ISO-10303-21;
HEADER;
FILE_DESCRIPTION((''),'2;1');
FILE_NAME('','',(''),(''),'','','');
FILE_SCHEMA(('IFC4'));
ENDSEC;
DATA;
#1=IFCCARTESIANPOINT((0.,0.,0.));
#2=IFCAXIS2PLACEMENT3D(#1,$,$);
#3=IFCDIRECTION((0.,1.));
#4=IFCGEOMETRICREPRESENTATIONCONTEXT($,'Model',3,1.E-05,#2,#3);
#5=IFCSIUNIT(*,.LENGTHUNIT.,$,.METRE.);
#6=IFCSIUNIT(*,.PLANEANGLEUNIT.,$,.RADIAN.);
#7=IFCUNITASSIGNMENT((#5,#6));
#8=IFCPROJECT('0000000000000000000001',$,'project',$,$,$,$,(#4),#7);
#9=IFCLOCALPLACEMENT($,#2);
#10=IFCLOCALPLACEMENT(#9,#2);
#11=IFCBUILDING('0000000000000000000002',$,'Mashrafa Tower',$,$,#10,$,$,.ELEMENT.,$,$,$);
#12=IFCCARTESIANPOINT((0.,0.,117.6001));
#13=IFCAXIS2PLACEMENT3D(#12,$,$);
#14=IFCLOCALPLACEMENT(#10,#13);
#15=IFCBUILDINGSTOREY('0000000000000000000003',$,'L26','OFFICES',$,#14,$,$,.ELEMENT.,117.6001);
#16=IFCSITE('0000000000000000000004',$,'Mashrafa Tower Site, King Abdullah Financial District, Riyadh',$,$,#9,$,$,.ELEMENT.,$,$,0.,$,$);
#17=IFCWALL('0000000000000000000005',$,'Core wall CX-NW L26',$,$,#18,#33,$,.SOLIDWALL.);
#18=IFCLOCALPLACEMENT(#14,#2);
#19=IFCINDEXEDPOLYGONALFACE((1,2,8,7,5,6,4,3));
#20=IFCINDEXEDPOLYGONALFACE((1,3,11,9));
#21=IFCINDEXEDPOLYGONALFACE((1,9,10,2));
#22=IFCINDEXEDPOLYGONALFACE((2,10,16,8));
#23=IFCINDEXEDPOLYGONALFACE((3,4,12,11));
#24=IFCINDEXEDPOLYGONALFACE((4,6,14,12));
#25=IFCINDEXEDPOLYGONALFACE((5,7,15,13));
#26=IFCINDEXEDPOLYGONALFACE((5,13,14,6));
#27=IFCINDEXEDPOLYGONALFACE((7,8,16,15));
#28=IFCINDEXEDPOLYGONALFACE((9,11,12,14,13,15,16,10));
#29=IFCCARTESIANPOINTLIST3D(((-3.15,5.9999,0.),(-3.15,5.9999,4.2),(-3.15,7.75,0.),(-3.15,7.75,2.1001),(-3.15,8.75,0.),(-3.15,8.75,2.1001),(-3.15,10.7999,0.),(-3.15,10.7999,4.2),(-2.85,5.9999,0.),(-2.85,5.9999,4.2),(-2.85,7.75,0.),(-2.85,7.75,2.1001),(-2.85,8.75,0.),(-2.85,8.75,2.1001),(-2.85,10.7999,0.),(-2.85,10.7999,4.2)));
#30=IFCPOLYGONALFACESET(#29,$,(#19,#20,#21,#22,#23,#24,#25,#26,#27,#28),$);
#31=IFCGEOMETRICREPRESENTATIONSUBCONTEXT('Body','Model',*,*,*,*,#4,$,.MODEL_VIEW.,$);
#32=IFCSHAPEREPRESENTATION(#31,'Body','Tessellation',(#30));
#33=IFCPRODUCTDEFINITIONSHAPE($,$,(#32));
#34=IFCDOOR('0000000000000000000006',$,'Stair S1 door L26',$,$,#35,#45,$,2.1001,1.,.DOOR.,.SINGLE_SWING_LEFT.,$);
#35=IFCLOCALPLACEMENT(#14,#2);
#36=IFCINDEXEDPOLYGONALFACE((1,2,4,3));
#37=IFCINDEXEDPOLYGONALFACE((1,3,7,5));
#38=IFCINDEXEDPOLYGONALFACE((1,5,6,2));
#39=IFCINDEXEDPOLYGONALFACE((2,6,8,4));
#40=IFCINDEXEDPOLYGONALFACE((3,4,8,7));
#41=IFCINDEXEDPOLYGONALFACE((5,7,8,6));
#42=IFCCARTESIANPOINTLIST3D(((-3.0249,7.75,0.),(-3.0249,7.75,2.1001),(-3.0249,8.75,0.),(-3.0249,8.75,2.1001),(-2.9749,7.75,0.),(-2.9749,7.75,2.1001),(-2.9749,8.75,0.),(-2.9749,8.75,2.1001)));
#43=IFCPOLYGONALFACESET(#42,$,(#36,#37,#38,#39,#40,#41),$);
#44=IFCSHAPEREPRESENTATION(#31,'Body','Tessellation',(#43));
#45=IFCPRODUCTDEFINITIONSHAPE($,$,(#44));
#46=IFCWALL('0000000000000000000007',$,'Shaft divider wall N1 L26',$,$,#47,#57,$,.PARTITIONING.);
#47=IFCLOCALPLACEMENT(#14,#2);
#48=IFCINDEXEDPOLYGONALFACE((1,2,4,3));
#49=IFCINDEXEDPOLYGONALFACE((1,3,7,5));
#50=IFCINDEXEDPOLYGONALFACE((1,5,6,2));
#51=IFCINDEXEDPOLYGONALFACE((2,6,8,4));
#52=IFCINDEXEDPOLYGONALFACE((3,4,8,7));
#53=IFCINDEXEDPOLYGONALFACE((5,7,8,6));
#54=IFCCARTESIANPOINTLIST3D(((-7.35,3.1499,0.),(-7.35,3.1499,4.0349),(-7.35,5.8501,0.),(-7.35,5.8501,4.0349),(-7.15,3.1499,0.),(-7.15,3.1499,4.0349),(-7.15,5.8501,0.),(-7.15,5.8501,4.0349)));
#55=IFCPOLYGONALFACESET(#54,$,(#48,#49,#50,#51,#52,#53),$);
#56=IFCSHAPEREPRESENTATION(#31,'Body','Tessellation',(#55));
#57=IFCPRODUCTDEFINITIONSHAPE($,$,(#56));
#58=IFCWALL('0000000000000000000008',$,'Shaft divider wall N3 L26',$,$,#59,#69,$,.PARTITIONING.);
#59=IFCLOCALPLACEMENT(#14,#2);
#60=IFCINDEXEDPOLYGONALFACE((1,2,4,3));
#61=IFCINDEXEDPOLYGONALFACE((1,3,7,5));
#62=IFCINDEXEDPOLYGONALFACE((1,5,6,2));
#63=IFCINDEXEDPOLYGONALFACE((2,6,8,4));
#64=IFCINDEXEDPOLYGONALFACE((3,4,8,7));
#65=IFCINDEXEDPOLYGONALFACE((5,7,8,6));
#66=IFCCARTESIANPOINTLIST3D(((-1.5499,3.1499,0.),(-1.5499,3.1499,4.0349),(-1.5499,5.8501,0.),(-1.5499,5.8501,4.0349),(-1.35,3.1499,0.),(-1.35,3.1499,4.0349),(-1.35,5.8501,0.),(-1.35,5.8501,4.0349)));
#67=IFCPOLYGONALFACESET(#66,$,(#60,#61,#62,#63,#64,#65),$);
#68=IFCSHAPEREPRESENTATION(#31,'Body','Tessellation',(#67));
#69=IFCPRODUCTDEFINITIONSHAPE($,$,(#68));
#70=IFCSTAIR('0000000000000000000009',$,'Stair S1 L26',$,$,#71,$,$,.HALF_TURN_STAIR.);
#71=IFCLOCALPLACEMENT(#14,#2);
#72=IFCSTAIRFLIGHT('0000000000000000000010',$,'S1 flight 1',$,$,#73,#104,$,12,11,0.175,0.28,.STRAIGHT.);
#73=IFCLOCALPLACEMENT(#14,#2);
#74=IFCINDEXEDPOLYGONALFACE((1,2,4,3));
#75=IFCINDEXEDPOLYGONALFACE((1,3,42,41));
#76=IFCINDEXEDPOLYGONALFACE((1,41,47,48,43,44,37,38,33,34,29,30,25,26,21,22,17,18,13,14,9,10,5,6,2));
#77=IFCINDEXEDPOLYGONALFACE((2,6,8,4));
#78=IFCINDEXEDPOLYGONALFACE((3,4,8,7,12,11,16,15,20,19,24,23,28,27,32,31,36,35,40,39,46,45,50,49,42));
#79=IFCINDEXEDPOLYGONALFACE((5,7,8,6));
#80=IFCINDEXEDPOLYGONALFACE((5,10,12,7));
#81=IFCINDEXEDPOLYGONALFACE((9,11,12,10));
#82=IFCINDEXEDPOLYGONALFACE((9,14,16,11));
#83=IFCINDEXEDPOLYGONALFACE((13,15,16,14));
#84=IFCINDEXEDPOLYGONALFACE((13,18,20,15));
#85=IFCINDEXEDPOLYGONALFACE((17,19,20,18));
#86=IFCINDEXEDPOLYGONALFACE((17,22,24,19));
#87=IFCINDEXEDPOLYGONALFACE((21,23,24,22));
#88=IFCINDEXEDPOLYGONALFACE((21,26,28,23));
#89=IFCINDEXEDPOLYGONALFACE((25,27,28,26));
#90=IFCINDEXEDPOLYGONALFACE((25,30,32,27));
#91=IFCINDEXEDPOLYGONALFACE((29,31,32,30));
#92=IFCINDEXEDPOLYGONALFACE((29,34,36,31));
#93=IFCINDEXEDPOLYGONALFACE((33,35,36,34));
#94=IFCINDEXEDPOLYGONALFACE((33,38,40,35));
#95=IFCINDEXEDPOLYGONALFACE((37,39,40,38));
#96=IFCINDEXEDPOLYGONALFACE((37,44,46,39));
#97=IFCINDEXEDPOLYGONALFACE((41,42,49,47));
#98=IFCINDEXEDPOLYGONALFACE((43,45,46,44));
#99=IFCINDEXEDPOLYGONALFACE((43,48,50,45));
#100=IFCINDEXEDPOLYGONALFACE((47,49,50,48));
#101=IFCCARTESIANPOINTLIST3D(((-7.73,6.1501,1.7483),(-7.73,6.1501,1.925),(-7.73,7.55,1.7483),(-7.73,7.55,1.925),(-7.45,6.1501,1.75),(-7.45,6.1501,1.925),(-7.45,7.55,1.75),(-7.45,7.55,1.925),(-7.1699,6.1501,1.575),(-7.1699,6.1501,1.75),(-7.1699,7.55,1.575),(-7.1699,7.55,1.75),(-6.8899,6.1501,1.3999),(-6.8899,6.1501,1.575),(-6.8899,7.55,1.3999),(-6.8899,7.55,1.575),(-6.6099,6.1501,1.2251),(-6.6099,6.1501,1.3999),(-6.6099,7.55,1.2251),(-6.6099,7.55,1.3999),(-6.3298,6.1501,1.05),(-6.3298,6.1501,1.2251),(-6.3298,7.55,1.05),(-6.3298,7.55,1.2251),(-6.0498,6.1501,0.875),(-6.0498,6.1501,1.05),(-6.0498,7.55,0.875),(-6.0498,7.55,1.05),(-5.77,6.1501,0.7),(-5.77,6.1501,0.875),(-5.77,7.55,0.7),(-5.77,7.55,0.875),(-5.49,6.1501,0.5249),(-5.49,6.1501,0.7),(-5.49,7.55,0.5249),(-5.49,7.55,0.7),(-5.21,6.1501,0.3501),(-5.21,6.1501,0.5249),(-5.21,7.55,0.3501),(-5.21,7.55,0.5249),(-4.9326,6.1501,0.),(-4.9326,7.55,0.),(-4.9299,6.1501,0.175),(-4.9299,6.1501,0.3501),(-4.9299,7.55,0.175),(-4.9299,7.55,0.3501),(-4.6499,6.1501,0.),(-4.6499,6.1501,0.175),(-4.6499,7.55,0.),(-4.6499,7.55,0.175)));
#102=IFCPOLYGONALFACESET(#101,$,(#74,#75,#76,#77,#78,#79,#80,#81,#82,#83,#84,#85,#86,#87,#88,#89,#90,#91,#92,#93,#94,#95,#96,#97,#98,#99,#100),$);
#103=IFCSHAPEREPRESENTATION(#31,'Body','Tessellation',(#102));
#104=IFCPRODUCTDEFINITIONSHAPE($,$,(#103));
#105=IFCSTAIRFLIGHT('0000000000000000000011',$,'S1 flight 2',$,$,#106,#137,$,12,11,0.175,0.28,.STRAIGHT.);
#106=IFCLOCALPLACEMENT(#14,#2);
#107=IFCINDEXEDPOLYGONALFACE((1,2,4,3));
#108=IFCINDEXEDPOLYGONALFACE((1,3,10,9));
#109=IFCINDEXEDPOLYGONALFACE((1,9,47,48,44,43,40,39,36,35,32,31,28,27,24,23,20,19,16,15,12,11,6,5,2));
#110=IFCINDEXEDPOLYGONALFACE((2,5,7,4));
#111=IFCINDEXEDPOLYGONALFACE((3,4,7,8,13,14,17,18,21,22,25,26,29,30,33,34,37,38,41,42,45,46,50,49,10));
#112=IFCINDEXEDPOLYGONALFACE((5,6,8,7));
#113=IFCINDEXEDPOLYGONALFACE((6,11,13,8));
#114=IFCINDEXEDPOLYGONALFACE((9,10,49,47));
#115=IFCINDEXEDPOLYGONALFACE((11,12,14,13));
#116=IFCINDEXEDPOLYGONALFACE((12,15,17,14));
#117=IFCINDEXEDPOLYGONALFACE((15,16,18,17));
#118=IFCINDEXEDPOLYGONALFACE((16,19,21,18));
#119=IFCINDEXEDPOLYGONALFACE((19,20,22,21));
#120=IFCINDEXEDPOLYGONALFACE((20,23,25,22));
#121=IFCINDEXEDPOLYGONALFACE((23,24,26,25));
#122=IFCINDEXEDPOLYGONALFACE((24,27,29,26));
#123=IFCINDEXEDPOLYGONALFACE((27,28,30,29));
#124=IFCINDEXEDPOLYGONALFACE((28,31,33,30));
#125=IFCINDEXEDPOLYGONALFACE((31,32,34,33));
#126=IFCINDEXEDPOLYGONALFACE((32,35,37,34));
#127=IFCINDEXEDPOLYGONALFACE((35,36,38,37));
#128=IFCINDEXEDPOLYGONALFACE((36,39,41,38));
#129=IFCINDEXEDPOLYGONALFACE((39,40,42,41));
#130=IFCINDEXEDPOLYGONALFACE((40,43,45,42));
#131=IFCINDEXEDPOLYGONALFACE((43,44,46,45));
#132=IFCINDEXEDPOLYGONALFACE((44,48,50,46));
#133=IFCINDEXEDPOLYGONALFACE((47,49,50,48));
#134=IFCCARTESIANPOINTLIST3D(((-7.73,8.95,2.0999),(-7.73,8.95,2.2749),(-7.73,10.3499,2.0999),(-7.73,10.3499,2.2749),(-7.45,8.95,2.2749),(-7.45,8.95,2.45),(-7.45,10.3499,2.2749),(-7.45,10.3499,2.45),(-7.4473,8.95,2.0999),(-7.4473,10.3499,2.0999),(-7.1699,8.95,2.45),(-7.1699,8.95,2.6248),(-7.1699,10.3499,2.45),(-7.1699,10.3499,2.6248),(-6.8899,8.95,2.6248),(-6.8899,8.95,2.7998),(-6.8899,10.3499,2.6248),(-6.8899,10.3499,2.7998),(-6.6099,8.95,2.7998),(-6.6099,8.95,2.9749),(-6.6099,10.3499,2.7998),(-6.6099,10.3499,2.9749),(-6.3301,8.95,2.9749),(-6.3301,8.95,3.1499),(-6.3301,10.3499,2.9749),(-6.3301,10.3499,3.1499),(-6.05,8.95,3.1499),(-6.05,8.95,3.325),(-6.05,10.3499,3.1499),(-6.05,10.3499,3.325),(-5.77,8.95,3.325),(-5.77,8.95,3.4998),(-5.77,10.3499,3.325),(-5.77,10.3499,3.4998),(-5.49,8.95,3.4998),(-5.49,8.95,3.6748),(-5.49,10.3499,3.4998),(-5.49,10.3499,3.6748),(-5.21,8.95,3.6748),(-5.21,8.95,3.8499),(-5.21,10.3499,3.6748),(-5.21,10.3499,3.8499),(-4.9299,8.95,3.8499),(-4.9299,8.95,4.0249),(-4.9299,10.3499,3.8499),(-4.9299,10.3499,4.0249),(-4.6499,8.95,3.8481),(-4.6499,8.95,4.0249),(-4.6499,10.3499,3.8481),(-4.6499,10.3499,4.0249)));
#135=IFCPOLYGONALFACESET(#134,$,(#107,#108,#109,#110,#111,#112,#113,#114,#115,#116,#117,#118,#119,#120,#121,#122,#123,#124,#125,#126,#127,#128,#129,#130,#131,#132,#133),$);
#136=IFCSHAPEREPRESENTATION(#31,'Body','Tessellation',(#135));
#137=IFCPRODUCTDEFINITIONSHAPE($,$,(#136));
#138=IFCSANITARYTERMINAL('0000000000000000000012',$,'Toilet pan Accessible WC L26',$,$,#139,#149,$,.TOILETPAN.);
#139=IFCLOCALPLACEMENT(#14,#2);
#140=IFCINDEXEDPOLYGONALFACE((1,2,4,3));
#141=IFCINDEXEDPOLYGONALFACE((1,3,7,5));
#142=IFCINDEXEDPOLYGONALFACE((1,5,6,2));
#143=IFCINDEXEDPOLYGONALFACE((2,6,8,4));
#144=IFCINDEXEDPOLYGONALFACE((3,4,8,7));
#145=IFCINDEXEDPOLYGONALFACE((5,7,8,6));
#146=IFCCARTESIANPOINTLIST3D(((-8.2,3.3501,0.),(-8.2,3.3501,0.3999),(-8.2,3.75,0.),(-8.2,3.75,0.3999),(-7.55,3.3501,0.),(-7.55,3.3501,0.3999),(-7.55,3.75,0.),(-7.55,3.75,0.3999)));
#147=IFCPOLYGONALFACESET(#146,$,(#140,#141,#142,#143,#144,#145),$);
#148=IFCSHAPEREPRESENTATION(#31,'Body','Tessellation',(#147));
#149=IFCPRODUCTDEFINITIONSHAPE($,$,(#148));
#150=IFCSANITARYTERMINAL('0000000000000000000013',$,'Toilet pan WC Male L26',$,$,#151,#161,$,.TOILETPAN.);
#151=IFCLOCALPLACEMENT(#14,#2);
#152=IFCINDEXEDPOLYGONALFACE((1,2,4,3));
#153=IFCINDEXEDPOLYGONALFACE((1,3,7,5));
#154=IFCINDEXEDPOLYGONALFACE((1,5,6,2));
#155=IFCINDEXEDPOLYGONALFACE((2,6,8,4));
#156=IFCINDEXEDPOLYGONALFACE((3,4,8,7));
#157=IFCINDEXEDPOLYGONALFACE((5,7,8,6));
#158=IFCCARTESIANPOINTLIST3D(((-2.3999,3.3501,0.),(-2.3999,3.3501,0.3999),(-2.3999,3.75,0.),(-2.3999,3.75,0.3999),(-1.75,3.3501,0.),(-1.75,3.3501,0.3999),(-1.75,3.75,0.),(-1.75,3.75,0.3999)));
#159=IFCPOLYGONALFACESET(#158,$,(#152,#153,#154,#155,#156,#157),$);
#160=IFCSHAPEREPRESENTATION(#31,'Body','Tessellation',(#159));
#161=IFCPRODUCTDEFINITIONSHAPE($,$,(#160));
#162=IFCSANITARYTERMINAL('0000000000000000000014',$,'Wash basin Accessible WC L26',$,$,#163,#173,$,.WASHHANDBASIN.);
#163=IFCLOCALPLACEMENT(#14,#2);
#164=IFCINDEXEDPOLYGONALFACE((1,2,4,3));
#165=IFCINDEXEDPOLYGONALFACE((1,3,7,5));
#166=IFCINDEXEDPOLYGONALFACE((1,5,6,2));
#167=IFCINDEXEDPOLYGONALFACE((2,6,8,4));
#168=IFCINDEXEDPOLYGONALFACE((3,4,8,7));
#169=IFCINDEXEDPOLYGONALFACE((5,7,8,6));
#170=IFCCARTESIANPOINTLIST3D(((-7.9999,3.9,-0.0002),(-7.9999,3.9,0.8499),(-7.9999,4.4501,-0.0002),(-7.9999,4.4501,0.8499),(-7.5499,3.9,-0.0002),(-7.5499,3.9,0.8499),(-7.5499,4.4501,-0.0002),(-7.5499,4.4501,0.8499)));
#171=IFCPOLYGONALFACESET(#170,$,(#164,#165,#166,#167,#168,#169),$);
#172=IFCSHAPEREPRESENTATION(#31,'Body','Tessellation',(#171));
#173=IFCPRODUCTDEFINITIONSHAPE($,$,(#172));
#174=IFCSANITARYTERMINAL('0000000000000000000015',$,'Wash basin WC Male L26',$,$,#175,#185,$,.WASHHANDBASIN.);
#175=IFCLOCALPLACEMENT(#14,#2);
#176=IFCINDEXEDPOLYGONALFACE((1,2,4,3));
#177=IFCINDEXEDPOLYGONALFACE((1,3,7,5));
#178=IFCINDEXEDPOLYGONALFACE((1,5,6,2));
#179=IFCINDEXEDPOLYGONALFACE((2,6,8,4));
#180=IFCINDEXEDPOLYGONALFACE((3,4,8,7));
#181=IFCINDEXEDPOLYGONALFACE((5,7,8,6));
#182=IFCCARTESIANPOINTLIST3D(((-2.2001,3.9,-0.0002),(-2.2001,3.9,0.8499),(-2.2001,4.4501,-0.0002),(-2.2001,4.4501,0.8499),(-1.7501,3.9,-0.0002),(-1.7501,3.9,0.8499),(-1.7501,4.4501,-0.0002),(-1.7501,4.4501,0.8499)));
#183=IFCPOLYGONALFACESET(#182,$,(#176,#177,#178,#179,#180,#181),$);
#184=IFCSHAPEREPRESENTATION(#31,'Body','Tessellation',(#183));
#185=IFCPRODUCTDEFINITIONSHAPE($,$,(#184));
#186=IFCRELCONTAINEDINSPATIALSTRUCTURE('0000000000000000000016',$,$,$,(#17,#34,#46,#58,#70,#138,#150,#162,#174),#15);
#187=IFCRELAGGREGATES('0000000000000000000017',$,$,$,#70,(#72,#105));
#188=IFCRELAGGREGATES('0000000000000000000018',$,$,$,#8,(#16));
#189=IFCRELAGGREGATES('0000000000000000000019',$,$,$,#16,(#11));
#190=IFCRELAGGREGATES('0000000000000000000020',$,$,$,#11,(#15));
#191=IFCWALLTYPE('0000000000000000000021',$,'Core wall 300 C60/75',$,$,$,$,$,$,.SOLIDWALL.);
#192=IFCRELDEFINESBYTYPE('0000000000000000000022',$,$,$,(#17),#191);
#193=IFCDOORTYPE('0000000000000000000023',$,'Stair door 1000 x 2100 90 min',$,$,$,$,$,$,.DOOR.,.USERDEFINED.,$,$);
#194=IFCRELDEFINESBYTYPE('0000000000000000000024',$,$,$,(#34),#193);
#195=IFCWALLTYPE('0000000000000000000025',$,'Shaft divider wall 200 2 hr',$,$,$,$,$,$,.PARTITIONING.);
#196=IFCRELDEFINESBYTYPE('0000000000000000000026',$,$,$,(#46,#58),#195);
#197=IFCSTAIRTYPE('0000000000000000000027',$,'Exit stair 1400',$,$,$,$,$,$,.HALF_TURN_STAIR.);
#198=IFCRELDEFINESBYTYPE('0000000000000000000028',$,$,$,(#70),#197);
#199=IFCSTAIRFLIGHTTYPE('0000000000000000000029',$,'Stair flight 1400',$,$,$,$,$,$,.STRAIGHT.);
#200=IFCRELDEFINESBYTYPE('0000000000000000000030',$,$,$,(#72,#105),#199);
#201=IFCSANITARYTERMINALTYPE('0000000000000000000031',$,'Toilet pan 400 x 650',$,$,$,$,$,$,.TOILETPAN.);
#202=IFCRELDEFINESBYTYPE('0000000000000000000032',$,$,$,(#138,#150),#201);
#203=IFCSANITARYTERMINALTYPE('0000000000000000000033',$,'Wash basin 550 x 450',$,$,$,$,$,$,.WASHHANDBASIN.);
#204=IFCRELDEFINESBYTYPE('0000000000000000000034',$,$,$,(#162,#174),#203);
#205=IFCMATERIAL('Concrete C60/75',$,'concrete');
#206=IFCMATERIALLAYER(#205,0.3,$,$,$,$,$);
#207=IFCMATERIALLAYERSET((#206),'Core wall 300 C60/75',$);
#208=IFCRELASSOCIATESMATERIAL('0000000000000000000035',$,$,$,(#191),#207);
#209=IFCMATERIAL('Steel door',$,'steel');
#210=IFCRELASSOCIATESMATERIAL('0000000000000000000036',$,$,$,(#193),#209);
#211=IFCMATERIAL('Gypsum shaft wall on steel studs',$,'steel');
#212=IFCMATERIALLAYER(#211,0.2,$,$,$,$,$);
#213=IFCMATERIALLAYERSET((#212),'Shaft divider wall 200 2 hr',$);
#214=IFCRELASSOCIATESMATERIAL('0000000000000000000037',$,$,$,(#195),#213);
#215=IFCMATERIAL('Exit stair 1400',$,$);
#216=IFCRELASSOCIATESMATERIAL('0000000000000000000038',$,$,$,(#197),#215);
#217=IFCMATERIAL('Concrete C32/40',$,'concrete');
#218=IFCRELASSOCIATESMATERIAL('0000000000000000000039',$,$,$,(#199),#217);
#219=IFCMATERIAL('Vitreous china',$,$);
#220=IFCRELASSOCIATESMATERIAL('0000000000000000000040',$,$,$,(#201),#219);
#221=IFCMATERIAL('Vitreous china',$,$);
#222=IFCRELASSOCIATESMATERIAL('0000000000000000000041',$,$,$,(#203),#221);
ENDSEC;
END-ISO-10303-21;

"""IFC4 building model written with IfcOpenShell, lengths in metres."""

from ifc_helpers import new_model, si_unit, direction, frame, frame_2d, origin, origin_2d, place, context, subcontext, project, spatial, polyline, rectangle, outline, extrude, material, layer, layer_set, type_object, element, fill, aggregate, save


model = new_model("IFC4")

# Units and contexts
model_context = context("Model", 3, precision=1e-05, world=origin(), true_north=direction((0.0, 1.0)))
body_context = subcontext(model_context, "Body", "Model", "MODEL_VIEW")
ifc_project = project(units=[si_unit("LENGTHUNIT", "METRE"), si_unit("PLANEANGLEUNIT", "RADIAN")], contexts=[model_context])

# Site, building, storey
site_placement = place(None, origin())
site = spatial("IfcSite", under=ifc_project, at=site_placement, Name="Mashrafa Tower Site, King Abdullah Financial District, Riyadh", CompositionType="ELEMENT", RefElevation=0.0)
building_placement = place(site_placement, origin())
building = spatial("IfcBuilding", under=site, at=building_placement, Name="Mashrafa Tower", CompositionType="ELEMENT")
storey_placement = place(building_placement, frame((0.0, 0.0, 117.6001)))
storey = spatial("IfcBuildingStorey", under=building, at=storey_placement, Name="L26", Description="OFFICES", CompositionType="ELEMENT", Elevation=117.6001)

# Shared definitions
ifc_material_1 = material(Name="Concrete C60/75", Category="concrete")
ifc_layer_1 = layer(ifc_material_1, 0.3)
ifc_layer_set_1 = layer_set([ifc_layer_1], Name="Core wall 300 C60/75")
wall_type_1 = type_object("IfcWallType", Name="Core wall 300 C60/75", PredefinedType="SOLIDWALL", material=ifc_layer_set_1)

# Wall, opening, door
wall_1_placement = place(storey_placement, frame((-3.0, 6.0, 0.0), z_axis=(0.0, 0.0, 1.0), x_axis=(0.0, 1.0, 0.0)))
wall_1 = element("IfcWall", 1, at=wall_1_placement, inside=storey, type_object=wall_type_1, Name="Core wall CX-NW L26", PredefinedType="SOLIDWALL", context=body_context, shape_type="SweptSolid", body=[
    extrude(rectangle(XDim=4.8, YDim=0.3, at=frame_2d((2.3999, 0.0))), origin(), (0.0, 0.0, 1.0), 4.2),
])
opening_1_placement = place(wall_1_placement, frame((1.75, 0.0, 0.0)))
opening_1 = element("IfcOpeningElement", 2, at=opening_1_placement, cuts=wall_1, PredefinedType="OPENING", context=body_context, shape_type="SweptSolid", body=[
    extrude(rectangle(XDim=1.0, YDim=2.1001, at=frame_2d((0.5, 1.05))), frame((0.0, 0.1599, 0.0), z_axis=(0.0, -1.0, 0.0), x_axis=(1.0, 0.0, 0.0)), (0.0, 0.0, 1.0), 0.3201),
])
ifc_material_2 = material(Name="Steel door", Category="steel")
door_type_1 = type_object("IfcDoorType", Name="Stair door 1000 x 2100 90 min", OperationType="USERDEFINED", PredefinedType="DOOR", material=ifc_material_2)
door_1_placement = place(opening_1_placement, origin())
door_1 = element("IfcDoor", 3, at=door_1_placement, inside=storey, type_object=door_type_1, Name="Stair S1 door L26", OperationType="SINGLE_SWING_LEFT", OverallHeight=2.1001, OverallWidth=1.0, PredefinedType="DOOR", context=body_context, shape_type="SweptSolid", body=[
    extrude(rectangle(XDim=1.0, YDim=2.1001, at=frame_2d((0.5, 1.05))), frame((0.0, 0.0249, 0.0), z_axis=(0.0, -1.0, 0.0), x_axis=(1.0, 0.0, 0.0)), (0.0, 0.0, 1.0), 0.05),
])
fill(opening_1, door_1)

# Walls
ifc_material_3 = material(Name="Gypsum shaft wall on steel studs", Category="steel")
ifc_layer_2 = layer(ifc_material_3, 0.2)
ifc_layer_set_2 = layer_set([ifc_layer_2], Name="Shaft divider wall 200 2 hr")
wall_type_2 = type_object("IfcWallType", Name="Shaft divider wall 200 2 hr", PredefinedType="PARTITIONING", material=ifc_layer_set_2)
for number, where, z_axis, x_axis, name in (
    (4, (-7.25, 3.1499, 0.0), (0.0, 0.0, 1.0), (0.0, 1.0, 0.0), "Shaft divider wall N1 L26"),
    (5, (-1.45, 3.1499, 0.0), (0.0, 0.0, 1.0), (0.0, 1.0, 0.0), "Shaft divider wall N3 L26"),
):
    element("IfcWall", number, at=place(storey_placement, frame(where, z_axis=z_axis, x_axis=x_axis)), inside=storey, type_object=wall_type_2, Name=name, PredefinedType="PARTITIONING", context=body_context, shape_type="SweptSolid", body=[
        extrude(rectangle(XDim=2.7002, YDim=0.2, at=frame_2d((1.3501, 0.0))), origin(), (0.0, 0.0, 1.0), 4.0349),
    ])

# Stair, stair flights
ifc_material_4 = material(Name="Exit stair 1400")
stair_type = type_object("IfcStairType", Name="Exit stair 1400", PredefinedType="HALF_TURN_STAIR", material=ifc_material_4)
stair_placement = place(storey_placement, origin())
stair = element("IfcStair", 6, at=stair_placement, inside=storey, type_object=stair_type, Name="Stair S1 L26", PredefinedType="HALF_TURN_STAIR")
ifc_material_5 = material(Name="Concrete C32/40", Category="concrete")
stair_flight_type = type_object("IfcStairFlightType", Name="Stair flight 1400", PredefinedType="STRAIGHT", material=ifc_material_5)
stair_flight_1_placement = place(storey_placement, frame((-4.6499, 6.8501, 0.0), z_axis=(0.0, 0.0, 1.0), x_axis=(-1.0, 0.0, 0.0)))
stair_flight_1 = element("IfcStairFlight", 7, at=stair_flight_1_placement, type_object=stair_flight_type, Name="S1 flight 1", NumberOfRisers=12, NumberOfTreads=11, PredefinedType="STRAIGHT", RiserHeight=0.175, TreadLength=0.28, context=body_context, shape_type="SweptSolid", body=[
    extrude(outline(polyline([(0.0, 0.0), (0.0, 0.175), (0.28, 0.175), (0.28, 0.3501), (0.5601, 0.3501), (0.5601, 0.5249), (0.8401, 0.5249), (0.8401, 0.7), (1.1201, 0.7), (1.1201, 0.875), (1.3999, 0.875), (1.3999, 1.05), (1.6799, 1.05), (1.6799, 1.2251), (1.96, 1.2251), (1.96, 1.3999), (2.24, 1.3999), (2.24, 1.575), (2.52, 1.575), (2.52, 1.75), (2.8, 1.75), (2.8, 1.925), (3.0801, 1.925), (3.0801, 2.1001), (3.0801, 1.7483), (0.2827, 0.0), (0.0, 0.0)])), frame((0.0, 0.7, 0.0), z_axis=(0.0, -1.0, 0.0), x_axis=(1.0, 0.0, 0.0)), (0.0, 0.0, 1.0), 1.3999),
])
stair_flight_2_placement = place(storey_placement, frame((-7.73, 9.6499, 2.0999), z_axis=(0.0, 0.0, 1.0), x_axis=(1.0, 0.0, 0.0)))
stair_flight_2 = element("IfcStairFlight", 8, at=stair_flight_2_placement, type_object=stair_flight_type, Name="S1 flight 2", NumberOfRisers=12, NumberOfTreads=11, PredefinedType="STRAIGHT", RiserHeight=0.175, TreadLength=0.28, context=body_context, shape_type="SweptSolid", body=[
    extrude(outline(polyline([(0.0, 0.0), (0.0, 0.175), (0.28, 0.175), (0.28, 0.3501), (0.5601, 0.3501), (0.5601, 0.5249), (0.8401, 0.5249), (0.8401, 0.7), (1.1201, 0.7), (1.1201, 0.875), (1.3999, 0.875), (1.3999, 1.05), (1.6799, 1.05), (1.6799, 1.2251), (1.96, 1.2251), (1.96, 1.3999), (2.24, 1.3999), (2.24, 1.575), (2.52, 1.575), (2.52, 1.75), (2.8, 1.75), (2.8, 1.925), (3.0801, 1.925), (3.0801, 2.1001), (3.0801, 1.7483), (0.2827, 0.0), (0.0, 0.0)])), frame((0.0, 0.7, 0.0), z_axis=(0.0, -1.0, 0.0), x_axis=(1.0, 0.0, 0.0)), (0.0, 0.0, 1.0), 1.3999),
])
aggregate(stair, [stair_flight_1, stair_flight_2])

# Sanitary terminals
ifc_material_6 = material(Name="Vitreous china")
sanitary_terminal_type_1 = type_object("IfcSanitaryTerminalType", Name="Toilet pan 400 x 650", PredefinedType="TOILETPAN", material=ifc_material_6)
for number, where, z_axis, x_axis, name in (
    (9, (-7.875, 3.55, 0.0), (0.0, 0.0, 1.0), (0.0, 1.0, 0.0), "Toilet pan Accessible WC L26"),
    (10, (-2.075, 3.55, 0.0), (0.0, 0.0, 1.0), (0.0, 1.0, 0.0), "Toilet pan WC Male L26"),
):
    element("IfcSanitaryTerminal", number, at=place(storey_placement, frame(where, z_axis=z_axis, x_axis=x_axis)), inside=storey, type_object=sanitary_terminal_type_1, Name=name, PredefinedType="TOILETPAN", context=body_context, shape_type="SweptSolid", body=[
        extrude(rectangle(XDim=0.3999, YDim=0.6499, at=origin_2d()), origin(), (0.0, 0.0, 1.0), 0.3999),
    ])
ifc_material_7 = material(Name="Vitreous china")
sanitary_terminal_type_2 = type_object("IfcSanitaryTerminalType", Name="Wash basin 550 x 450", PredefinedType="WASHHANDBASIN", material=ifc_material_7)
for number, where, z_axis, x_axis, name in (
    (11, (-7.7749, 4.175, -0.0002), (0.0, 0.0, 1.0), (0.0, 1.0, 0.0), "Wash basin Accessible WC L26"),
    (12, (-1.9751, 4.175, -0.0002), (0.0, 0.0, 1.0), (0.0, 1.0, 0.0), "Wash basin WC Male L26"),
):
    element("IfcSanitaryTerminal", number, at=place(storey_placement, frame(where, z_axis=z_axis, x_axis=x_axis)), inside=storey, type_object=sanitary_terminal_type_2, Name=name, PredefinedType="WASHHANDBASIN", context=body_context, shape_type="SweptSolid", body=[
        extrude(rectangle(XDim=0.55, YDim=0.45, at=origin_2d()), origin(), (0.0, 0.0, 1.0), 0.8501),
    ])

save(model, "model.ifc")
